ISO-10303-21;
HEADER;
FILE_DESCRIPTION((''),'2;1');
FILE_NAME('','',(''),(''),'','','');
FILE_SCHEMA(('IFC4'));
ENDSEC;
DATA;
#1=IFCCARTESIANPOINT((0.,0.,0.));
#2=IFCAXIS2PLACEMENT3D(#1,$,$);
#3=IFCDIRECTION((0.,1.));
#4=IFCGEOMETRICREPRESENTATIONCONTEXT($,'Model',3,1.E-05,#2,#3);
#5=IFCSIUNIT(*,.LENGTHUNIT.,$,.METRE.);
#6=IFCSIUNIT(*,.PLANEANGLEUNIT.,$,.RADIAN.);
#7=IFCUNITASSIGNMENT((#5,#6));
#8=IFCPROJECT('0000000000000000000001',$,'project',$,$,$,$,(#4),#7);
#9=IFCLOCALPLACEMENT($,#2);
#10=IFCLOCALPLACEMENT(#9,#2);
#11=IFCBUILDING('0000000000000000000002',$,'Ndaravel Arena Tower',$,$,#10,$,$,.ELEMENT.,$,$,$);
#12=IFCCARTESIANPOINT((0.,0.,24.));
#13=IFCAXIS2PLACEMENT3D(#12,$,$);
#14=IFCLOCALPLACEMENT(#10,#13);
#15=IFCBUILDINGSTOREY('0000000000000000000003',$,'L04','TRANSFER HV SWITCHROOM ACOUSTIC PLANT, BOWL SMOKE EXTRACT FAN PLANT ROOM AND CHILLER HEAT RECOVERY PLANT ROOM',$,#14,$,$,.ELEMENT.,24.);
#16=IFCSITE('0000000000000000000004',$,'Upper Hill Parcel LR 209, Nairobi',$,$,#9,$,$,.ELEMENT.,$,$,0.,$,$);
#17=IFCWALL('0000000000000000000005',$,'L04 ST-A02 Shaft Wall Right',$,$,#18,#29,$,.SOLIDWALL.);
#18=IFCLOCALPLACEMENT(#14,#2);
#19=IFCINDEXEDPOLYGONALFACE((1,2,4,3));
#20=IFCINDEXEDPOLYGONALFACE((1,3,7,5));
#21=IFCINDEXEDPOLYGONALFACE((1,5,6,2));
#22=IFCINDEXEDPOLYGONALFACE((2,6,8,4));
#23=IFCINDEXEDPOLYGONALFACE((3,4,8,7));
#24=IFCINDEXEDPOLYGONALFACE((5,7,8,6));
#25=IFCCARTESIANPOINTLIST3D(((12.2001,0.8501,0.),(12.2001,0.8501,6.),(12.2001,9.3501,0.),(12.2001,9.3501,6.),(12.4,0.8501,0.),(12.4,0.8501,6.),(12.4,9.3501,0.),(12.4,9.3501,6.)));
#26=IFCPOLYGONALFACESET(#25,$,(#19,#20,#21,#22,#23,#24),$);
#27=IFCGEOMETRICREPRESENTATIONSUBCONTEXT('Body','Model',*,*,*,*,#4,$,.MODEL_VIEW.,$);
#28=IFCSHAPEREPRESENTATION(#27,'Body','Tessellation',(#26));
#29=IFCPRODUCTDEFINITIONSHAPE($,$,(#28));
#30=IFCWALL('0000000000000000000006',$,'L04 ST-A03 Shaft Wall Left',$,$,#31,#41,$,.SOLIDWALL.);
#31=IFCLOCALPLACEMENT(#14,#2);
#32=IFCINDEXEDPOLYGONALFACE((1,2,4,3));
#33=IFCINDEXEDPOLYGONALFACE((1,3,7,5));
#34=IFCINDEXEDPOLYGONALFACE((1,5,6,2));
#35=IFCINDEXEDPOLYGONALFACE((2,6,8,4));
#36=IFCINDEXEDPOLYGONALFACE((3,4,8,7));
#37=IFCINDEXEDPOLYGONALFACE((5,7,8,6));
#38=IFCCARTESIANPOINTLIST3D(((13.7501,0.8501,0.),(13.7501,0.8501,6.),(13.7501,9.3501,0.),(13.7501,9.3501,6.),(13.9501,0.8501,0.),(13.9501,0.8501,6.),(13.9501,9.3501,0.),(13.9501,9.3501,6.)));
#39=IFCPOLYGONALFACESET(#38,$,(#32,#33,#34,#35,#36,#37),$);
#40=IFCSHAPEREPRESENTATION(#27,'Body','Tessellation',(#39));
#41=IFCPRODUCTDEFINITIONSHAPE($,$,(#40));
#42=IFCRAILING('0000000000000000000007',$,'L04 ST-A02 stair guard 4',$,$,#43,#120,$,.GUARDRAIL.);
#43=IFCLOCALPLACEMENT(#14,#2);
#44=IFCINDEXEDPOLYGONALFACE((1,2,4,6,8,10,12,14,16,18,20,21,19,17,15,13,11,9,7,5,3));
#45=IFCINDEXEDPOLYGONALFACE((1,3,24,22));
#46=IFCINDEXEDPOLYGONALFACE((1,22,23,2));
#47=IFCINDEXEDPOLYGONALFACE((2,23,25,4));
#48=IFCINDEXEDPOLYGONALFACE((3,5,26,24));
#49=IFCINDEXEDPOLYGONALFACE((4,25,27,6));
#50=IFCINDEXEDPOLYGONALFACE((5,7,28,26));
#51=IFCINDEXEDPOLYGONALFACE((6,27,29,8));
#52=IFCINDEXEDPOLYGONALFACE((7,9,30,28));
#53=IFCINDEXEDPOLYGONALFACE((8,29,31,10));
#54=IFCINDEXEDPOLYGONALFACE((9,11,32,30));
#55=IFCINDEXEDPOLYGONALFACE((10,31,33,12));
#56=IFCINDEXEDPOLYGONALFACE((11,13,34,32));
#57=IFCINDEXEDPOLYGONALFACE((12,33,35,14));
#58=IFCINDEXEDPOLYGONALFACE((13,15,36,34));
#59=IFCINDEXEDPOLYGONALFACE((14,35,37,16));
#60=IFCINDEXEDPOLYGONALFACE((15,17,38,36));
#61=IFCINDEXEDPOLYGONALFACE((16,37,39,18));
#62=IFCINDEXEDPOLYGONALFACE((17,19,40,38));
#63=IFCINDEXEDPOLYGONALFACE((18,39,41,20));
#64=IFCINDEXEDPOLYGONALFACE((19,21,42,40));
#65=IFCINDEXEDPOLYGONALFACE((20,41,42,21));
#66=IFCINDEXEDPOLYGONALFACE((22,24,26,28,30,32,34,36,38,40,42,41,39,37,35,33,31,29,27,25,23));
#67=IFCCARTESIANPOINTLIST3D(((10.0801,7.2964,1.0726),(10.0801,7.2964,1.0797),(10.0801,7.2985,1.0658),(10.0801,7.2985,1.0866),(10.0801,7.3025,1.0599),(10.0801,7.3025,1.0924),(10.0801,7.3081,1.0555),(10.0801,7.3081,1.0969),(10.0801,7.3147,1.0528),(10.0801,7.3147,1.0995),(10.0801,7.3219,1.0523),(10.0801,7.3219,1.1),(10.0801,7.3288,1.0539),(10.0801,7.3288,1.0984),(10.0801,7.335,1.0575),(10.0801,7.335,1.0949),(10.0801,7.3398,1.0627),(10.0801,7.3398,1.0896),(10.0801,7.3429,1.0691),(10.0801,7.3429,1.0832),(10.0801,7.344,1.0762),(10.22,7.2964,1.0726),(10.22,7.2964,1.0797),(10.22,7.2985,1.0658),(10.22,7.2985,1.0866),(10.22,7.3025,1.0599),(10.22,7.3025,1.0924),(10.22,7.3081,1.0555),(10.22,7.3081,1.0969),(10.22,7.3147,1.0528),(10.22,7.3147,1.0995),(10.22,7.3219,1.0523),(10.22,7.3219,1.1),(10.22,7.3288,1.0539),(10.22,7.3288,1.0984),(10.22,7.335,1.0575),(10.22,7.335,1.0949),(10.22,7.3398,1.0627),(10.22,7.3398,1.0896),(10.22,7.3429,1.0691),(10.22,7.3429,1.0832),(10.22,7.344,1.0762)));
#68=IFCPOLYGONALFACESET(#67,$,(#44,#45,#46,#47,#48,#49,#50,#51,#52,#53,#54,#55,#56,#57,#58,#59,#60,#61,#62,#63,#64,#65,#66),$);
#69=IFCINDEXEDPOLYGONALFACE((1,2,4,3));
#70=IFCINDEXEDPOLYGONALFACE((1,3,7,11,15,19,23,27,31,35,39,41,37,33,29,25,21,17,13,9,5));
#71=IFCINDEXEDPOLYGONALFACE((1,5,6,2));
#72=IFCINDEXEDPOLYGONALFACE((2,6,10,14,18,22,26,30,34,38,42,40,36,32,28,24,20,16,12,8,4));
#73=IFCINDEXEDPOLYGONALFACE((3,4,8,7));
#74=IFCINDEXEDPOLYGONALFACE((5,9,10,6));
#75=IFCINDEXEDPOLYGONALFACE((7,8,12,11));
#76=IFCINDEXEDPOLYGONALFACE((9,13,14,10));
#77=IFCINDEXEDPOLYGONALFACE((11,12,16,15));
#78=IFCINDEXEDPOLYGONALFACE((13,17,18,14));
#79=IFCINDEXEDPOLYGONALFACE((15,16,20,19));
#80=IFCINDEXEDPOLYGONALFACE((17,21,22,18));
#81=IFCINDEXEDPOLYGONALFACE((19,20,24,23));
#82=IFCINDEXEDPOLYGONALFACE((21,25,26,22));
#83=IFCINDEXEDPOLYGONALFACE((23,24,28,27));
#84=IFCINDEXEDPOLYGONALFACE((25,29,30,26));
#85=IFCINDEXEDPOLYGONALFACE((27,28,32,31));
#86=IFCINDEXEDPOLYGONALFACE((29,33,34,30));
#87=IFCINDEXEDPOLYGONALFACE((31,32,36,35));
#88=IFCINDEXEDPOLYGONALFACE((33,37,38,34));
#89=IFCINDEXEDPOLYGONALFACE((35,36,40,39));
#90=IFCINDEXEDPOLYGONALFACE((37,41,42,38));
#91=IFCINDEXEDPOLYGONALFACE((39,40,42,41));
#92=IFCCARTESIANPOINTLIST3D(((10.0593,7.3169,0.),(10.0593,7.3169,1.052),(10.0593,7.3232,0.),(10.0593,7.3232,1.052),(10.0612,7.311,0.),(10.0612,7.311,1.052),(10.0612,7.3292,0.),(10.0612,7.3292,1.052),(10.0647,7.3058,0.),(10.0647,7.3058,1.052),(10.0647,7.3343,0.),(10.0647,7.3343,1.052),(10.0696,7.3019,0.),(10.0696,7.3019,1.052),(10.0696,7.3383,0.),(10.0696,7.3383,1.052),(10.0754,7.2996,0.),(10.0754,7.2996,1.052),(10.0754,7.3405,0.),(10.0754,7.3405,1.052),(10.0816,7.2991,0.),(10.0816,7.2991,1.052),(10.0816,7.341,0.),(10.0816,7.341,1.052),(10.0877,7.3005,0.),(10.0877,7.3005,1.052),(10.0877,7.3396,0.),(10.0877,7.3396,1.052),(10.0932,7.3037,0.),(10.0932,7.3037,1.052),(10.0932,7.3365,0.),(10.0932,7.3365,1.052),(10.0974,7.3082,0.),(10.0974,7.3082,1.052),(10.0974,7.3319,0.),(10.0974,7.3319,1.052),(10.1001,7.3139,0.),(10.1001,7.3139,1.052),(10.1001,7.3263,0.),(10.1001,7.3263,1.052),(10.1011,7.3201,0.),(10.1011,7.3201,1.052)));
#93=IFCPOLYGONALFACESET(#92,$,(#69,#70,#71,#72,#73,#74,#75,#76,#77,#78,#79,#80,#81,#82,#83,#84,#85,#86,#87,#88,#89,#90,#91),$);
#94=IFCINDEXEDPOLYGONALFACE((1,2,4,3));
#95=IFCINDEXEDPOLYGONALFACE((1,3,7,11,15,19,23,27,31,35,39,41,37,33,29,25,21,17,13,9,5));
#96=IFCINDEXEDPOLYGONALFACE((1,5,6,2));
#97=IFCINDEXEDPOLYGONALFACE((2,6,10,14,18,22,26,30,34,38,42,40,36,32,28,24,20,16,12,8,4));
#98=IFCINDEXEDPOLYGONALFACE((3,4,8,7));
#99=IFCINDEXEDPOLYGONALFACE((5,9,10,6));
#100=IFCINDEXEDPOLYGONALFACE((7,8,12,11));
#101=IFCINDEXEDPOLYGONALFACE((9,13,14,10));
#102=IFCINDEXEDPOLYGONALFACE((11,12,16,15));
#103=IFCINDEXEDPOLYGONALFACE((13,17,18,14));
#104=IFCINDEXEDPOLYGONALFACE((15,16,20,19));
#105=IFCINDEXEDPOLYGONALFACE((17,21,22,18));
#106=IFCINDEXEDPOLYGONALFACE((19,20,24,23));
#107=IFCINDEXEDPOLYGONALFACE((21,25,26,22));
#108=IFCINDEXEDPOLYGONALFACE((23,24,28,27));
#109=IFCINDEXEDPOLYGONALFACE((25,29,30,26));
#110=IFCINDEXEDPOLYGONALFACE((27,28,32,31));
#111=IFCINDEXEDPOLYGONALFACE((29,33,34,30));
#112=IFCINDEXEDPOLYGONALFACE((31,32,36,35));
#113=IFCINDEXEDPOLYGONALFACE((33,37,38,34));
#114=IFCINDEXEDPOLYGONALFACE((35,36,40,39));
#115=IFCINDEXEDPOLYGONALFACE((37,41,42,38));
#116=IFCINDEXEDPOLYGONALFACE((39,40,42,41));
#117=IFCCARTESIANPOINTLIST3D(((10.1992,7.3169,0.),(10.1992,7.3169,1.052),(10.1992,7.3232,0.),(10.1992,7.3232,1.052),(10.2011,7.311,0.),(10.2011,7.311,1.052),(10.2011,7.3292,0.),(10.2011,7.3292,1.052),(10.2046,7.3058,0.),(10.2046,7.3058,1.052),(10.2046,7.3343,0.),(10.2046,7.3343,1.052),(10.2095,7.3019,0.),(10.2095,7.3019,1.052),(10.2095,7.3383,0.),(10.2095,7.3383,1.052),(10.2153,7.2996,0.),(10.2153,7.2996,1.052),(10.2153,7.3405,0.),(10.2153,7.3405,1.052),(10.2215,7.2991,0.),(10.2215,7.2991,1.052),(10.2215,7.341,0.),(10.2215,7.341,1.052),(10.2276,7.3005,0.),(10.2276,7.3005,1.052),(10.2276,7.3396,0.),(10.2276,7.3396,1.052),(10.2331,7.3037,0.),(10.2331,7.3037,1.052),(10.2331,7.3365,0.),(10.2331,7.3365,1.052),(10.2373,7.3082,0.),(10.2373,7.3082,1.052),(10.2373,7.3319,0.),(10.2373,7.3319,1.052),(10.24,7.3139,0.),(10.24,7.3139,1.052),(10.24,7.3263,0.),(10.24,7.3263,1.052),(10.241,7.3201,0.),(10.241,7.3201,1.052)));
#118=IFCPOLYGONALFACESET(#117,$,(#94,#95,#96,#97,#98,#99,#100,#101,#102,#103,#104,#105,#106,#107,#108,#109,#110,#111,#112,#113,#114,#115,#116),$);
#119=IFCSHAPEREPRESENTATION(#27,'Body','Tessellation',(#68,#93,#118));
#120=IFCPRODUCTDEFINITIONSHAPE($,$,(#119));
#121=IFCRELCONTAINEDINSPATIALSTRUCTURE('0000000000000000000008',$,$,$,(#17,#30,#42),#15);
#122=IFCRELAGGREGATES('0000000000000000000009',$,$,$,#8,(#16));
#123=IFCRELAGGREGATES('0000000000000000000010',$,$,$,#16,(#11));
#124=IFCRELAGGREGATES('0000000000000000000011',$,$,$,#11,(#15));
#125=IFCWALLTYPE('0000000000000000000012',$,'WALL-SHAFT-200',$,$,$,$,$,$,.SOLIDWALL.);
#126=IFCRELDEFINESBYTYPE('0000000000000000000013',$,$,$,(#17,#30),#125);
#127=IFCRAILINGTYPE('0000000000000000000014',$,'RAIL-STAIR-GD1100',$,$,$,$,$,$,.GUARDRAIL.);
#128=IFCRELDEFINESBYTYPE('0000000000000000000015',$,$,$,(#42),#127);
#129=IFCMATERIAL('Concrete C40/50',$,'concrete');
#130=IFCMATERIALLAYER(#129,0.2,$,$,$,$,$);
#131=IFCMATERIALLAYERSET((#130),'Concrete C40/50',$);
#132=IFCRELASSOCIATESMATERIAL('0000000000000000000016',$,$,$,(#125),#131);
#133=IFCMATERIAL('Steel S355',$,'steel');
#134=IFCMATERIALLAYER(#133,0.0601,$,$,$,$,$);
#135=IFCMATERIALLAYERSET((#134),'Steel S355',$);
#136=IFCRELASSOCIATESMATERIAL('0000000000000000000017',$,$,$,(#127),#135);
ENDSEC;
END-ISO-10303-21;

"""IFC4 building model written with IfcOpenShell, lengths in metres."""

from ifc_helpers import new_model, si_unit, direction, frame, frame_2d, origin, origin_2d, place, context, subcontext, project, spatial, rectangle, circle, extrude, material, layer, layer_set, type_object, element, save


model = new_model("IFC4")

# Units and contexts
model_context = context("Model", 3, precision=1e-05, world=origin(), true_north=direction((0.0, 1.0)))
body_context = subcontext(model_context, "Body", "Model", "MODEL_VIEW")
ifc_project = project(units=[si_unit("LENGTHUNIT", "METRE"), si_unit("PLANEANGLEUNIT", "RADIAN")], contexts=[model_context])

# Site, building, storey
site_placement = place(None, origin())
site = spatial("IfcSite", under=ifc_project, at=site_placement, Name="Upper Hill Parcel LR 209, Nairobi", CompositionType="ELEMENT", RefElevation=0.0)
building_placement = place(site_placement, origin())
building = spatial("IfcBuilding", under=site, at=building_placement, Name="Ndaravel Arena Tower", CompositionType="ELEMENT")
storey_placement = place(building_placement, frame((0.0, 0.0, 24.0)))
storey = spatial("IfcBuildingStorey", under=building, at=storey_placement, Name="L04", Description="TRANSFER HV SWITCHROOM ACOUSTIC PLANT, BOWL SMOKE EXTRACT FAN PLANT ROOM AND CHILLER HEAT RECOVERY PLANT ROOM", CompositionType="ELEMENT", Elevation=24.0)

# Walls
ifc_material_1 = material(Name="Concrete C40/50", Category="concrete")
ifc_layer_1 = layer(ifc_material_1, 0.2)
ifc_layer_set_1 = layer_set([ifc_layer_1], Name="Concrete C40/50")
wall_type_1 = type_object("IfcWallType", Name="WALL-SHAFT-200", PredefinedType="SOLIDWALL", material=ifc_layer_set_1)
for number, where, z_axis, x_axis, name in (
    (1, (12.3, 9.3501, 0.0), (0.0, 0.0, 1.0), (0.0, -1.0, 0.0), "L04 ST-A02 Shaft Wall Right"),
    (2, (13.8501, 9.3501, 0.0), (0.0, 0.0, 1.0), (0.0, -1.0, 0.0), "L04 ST-A03 Shaft Wall Left"),
):
    element("IfcWall", number, at=place(storey_placement, frame(where, z_axis=z_axis, x_axis=x_axis)), inside=storey, type_object=wall_type_1, Name=name, PredefinedType="SOLIDWALL", context=body_context, shape_type="SweptSolid", body=[
        extrude(rectangle(XDim=8.5, YDim=0.2, at=frame_2d((4.25, 0.0))), origin(), (0.0, 0.0, 1.0), 6.0),
    ])

# Railing
ifc_material_2 = material(Name="Steel S355", Category="steel")
ifc_layer_2 = layer(ifc_material_2, 0.0601)
ifc_layer_set_2 = layer_set([ifc_layer_2], Name="Steel S355")
railing_type = type_object("IfcRailingType", Name="RAIL-STAIR-GD1100", PredefinedType="GUARDRAIL", material=ifc_layer_set_2)
railing_1_placement = place(storey_placement, frame((10.0801, 7.3201, 0.0)))
element("IfcRailing", 3, at=railing_1_placement, inside=storey, type_object=railing_type, Name="L04 ST-A02 stair guard 4", PredefinedType="GUARDRAIL", context=body_context, shape_type="SweptSolid", body=[
    extrude(circle(Radius=0.0239, at=origin_2d()), frame((0.0, 0.0, 1.0762), z_axis=(1.0, 0.0, 0.0), x_axis=(0.0, 1.0, 0.0)), (0.0, 0.0, 1.0), 0.1399),
    extrude(circle(Radius=0.021, at=origin_2d()), origin(), (0.0, 0.0, 1.0), 1.052),
    extrude(circle(Radius=0.021, at=origin_2d()), frame((0.1399, 0.0, 0.0)), (0.0, 0.0, 1.0), 1.052),
])

save(model, "model.ifc")
